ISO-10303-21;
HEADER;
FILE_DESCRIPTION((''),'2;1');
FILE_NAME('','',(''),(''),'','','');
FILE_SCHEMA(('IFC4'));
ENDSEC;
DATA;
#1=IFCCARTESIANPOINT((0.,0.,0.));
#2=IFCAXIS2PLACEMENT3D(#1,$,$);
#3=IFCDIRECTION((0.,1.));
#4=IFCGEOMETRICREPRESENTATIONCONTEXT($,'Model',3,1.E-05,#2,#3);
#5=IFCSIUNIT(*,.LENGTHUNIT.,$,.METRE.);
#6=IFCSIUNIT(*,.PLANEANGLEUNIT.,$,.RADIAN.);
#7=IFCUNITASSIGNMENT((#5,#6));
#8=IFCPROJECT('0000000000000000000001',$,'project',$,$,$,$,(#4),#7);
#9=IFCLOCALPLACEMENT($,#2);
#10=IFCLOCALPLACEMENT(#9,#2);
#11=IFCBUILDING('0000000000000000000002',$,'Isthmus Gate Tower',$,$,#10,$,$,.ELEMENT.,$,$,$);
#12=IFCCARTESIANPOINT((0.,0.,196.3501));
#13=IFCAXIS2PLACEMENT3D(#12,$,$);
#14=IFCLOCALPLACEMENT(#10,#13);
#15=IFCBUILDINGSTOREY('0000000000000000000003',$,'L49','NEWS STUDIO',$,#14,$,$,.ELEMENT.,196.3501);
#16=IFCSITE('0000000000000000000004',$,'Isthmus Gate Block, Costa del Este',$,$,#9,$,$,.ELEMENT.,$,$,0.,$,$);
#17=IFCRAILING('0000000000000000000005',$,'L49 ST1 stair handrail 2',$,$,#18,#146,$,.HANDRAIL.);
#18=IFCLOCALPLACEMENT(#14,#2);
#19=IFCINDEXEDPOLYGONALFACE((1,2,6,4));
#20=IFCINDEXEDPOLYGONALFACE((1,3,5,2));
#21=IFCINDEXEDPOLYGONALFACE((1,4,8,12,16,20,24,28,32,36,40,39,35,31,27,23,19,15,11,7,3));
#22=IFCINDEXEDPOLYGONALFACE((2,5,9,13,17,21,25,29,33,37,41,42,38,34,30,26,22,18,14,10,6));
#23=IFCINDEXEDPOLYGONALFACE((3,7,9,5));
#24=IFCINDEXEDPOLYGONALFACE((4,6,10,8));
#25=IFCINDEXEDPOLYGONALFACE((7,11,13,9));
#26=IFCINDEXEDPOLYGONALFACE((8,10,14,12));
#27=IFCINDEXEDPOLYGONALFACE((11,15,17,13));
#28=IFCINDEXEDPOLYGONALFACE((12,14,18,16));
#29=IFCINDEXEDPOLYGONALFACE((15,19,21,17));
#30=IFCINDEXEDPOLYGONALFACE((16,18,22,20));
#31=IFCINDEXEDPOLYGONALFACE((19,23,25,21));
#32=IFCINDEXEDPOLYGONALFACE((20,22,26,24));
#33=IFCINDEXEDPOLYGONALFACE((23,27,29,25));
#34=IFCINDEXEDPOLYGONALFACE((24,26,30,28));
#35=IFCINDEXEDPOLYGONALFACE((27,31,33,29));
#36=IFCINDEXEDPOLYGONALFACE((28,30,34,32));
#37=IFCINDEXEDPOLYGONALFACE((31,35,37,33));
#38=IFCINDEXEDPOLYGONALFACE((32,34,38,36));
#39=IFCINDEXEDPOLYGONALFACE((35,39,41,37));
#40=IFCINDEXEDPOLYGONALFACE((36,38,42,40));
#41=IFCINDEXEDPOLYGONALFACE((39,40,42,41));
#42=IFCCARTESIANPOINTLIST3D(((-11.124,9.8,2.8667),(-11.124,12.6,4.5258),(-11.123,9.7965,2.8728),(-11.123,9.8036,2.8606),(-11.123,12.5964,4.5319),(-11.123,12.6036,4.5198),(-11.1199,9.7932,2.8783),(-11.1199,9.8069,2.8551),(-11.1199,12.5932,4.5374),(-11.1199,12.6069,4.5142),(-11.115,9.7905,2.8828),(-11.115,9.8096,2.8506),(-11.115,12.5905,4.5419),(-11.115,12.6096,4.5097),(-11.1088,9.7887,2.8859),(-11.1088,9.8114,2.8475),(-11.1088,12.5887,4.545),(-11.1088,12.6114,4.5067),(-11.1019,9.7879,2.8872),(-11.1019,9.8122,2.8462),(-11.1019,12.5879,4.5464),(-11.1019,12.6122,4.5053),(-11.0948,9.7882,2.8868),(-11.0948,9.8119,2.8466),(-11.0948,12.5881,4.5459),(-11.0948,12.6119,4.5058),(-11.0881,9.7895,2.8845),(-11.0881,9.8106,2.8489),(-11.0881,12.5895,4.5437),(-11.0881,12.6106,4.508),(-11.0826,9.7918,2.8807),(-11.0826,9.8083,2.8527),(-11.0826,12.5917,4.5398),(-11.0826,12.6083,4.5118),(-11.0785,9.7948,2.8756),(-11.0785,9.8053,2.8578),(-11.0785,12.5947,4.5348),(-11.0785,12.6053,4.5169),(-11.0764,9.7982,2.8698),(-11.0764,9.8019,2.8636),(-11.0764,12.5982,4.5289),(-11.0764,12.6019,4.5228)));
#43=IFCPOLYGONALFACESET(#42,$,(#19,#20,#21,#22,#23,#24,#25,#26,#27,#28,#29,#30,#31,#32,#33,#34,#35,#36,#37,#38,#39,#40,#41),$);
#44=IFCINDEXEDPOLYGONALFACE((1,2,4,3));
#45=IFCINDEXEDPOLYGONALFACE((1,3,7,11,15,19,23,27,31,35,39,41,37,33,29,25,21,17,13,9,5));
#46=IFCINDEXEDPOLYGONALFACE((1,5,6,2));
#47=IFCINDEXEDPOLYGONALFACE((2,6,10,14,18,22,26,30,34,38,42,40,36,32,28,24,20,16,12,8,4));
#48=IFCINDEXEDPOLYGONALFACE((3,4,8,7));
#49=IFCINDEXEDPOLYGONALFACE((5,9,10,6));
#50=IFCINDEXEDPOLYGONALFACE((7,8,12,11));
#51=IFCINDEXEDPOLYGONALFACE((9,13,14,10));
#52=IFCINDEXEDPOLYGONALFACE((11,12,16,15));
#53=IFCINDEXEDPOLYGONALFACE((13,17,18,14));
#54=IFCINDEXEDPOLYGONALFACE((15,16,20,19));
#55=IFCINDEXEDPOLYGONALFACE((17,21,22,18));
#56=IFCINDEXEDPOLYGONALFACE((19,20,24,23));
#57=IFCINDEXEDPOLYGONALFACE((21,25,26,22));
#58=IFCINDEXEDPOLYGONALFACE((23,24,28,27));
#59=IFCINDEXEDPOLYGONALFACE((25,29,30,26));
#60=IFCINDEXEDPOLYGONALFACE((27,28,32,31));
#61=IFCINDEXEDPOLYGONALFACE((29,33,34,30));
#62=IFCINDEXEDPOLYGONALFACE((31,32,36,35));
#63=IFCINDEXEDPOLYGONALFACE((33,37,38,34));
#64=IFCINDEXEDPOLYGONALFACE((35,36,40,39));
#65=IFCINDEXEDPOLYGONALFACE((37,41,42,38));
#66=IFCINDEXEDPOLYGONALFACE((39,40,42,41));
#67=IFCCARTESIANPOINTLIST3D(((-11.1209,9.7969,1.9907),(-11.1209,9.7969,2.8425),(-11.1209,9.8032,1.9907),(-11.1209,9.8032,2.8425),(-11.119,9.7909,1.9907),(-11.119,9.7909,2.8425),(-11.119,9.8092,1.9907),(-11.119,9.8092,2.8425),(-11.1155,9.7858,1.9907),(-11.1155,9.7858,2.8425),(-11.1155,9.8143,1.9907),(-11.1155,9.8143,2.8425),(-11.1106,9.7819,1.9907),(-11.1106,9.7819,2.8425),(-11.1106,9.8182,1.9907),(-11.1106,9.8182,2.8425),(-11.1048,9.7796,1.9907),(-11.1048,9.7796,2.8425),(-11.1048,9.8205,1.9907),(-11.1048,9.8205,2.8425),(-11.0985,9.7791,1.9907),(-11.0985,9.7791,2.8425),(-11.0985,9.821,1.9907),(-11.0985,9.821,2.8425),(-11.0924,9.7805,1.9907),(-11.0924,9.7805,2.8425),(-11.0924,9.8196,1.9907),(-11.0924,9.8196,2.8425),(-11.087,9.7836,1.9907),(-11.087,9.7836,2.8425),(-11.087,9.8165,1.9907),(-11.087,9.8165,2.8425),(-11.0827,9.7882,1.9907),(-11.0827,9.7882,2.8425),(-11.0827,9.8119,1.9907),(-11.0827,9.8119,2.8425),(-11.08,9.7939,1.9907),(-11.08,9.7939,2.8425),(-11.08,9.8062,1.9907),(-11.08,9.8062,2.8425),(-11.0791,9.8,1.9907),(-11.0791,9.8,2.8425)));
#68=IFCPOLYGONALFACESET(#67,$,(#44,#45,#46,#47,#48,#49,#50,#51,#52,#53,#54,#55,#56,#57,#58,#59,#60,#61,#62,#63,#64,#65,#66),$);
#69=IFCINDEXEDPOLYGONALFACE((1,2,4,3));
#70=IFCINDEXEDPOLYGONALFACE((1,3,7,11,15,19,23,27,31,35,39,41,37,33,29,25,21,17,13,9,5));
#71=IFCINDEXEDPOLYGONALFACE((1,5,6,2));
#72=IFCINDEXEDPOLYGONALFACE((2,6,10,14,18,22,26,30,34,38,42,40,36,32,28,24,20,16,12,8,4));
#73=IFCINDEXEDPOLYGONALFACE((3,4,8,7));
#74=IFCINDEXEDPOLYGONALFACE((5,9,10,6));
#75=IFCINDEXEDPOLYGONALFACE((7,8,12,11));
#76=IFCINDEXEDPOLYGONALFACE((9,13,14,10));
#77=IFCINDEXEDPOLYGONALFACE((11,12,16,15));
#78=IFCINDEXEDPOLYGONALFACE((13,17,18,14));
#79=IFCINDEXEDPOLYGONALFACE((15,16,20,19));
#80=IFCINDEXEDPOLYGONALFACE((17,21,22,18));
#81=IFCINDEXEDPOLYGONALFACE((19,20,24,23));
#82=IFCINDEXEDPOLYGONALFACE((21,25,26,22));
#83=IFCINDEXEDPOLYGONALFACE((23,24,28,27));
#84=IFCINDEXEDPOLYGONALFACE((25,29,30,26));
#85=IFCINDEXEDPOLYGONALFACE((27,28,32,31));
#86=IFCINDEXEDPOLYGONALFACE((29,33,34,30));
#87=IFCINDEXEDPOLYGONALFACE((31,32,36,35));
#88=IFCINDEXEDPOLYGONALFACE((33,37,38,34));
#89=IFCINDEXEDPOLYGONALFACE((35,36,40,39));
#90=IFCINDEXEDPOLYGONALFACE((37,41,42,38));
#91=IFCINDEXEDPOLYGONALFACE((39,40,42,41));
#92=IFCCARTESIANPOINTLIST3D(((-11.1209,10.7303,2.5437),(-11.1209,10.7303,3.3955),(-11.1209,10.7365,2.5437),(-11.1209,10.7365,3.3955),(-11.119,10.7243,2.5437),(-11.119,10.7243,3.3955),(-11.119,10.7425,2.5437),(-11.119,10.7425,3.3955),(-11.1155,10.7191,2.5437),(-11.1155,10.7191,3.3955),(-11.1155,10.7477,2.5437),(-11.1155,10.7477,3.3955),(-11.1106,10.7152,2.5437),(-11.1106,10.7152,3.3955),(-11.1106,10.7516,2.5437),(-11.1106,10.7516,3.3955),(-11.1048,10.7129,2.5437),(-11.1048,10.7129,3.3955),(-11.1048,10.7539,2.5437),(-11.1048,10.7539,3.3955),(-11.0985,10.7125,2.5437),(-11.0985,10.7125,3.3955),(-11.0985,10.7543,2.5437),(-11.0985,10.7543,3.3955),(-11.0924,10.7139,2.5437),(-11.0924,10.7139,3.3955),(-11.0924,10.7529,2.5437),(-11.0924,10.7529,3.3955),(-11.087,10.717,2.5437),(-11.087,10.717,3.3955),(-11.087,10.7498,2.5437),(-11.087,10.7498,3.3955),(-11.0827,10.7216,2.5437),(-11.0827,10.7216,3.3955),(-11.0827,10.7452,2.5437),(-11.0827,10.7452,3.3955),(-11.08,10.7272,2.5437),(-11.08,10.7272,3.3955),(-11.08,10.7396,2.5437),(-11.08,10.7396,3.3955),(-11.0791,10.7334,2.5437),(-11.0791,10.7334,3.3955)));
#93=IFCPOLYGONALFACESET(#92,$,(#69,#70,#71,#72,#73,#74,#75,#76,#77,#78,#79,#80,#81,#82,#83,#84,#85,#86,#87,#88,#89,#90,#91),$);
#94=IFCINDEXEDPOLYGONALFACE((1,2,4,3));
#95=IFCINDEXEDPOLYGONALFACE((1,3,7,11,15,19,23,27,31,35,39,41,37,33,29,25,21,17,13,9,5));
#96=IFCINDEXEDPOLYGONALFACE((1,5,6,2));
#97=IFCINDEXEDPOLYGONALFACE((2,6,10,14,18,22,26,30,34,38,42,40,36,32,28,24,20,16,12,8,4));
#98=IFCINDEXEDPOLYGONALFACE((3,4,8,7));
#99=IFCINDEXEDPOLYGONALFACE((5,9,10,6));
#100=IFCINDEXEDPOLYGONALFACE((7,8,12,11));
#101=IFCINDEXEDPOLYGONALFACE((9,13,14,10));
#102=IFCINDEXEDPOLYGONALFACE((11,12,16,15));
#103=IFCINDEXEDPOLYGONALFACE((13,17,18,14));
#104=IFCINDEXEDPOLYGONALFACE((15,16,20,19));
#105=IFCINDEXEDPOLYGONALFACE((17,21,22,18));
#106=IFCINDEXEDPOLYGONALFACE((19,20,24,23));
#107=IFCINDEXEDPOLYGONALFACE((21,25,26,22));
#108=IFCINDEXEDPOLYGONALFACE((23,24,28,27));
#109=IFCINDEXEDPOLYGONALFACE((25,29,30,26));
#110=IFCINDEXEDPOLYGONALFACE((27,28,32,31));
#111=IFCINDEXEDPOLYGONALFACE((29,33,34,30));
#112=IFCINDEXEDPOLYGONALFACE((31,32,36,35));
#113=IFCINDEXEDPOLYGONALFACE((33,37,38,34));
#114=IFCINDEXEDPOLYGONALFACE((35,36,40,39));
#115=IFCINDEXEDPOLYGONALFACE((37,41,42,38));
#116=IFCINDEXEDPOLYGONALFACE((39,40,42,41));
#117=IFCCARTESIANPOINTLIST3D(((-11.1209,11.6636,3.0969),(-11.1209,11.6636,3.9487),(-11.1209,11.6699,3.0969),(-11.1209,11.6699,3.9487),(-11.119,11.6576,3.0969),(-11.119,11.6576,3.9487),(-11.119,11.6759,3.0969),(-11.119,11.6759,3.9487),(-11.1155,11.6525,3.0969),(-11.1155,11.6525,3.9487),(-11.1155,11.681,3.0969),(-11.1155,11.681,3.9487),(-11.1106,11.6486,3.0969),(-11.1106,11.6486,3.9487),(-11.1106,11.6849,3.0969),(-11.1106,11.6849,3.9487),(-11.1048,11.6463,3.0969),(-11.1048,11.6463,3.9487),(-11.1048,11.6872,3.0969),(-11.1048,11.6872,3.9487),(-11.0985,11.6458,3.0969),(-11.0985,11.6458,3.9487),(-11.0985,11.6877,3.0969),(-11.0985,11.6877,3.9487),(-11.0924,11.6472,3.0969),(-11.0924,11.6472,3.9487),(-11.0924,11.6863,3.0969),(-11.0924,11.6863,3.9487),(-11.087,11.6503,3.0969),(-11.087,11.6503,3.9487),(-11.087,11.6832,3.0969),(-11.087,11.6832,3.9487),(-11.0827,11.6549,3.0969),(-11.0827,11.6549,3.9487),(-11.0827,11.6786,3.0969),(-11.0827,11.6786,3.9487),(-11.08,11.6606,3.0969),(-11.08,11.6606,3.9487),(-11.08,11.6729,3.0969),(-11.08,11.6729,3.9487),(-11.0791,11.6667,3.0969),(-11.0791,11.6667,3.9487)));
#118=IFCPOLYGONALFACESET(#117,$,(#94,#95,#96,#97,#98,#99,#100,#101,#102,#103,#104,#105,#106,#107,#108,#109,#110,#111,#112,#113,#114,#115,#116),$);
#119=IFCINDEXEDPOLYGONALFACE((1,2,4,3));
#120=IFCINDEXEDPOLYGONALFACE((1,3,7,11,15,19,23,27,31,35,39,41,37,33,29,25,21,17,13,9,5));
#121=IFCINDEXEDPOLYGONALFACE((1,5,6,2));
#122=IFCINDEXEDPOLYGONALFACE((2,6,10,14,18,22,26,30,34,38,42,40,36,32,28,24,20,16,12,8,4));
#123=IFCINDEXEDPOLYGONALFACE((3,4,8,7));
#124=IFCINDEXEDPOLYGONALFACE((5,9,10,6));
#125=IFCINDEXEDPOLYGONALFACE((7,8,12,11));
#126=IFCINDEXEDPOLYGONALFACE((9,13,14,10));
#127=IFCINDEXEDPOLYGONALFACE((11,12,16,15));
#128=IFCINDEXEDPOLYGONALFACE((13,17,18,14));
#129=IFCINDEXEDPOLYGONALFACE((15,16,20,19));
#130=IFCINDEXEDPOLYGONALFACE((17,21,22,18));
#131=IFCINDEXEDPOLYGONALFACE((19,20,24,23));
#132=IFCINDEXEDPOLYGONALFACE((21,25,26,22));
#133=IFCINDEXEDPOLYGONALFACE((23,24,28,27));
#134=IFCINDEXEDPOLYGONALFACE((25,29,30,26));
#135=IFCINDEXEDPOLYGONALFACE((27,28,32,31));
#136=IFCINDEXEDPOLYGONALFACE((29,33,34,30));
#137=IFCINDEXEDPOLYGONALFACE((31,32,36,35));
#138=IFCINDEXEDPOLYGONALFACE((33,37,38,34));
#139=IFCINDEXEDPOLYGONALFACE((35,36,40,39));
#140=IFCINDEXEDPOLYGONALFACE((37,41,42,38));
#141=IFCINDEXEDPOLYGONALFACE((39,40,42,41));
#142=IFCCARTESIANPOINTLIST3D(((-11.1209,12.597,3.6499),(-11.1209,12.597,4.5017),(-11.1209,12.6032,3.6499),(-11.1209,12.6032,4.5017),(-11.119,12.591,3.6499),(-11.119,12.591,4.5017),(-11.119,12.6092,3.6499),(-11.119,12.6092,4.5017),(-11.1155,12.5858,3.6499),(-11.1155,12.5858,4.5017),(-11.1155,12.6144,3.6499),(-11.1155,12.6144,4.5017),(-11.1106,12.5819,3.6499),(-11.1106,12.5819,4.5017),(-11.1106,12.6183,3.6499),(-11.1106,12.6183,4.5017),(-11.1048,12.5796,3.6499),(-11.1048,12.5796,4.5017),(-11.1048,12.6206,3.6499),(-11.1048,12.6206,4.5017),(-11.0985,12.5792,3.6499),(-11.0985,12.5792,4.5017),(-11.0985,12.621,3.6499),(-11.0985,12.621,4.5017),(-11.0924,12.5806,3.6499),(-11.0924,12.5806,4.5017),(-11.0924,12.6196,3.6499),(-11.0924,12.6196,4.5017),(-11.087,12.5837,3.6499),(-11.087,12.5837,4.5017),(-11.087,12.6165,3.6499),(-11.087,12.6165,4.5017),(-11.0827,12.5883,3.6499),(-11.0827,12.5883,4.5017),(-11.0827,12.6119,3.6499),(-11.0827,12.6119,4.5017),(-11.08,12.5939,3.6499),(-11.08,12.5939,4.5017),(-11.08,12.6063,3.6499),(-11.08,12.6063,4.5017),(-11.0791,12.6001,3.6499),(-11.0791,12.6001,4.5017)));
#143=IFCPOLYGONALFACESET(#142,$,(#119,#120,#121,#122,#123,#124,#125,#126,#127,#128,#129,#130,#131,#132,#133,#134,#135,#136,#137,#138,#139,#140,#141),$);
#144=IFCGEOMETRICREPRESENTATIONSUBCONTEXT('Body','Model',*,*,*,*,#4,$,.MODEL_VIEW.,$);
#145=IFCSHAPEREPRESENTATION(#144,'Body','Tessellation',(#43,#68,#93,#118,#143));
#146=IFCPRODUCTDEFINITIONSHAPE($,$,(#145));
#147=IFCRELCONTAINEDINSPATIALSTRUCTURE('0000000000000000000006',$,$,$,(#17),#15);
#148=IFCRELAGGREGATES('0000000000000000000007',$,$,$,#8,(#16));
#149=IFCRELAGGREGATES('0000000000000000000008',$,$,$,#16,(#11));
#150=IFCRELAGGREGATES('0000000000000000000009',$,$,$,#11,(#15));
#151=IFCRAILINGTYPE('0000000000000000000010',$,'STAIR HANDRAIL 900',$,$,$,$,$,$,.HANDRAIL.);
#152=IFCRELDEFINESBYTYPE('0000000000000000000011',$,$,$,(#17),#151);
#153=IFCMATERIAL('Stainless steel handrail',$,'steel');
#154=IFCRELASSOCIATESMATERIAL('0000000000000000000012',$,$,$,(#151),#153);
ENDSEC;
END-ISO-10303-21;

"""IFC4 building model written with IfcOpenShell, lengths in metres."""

from ifc_helpers import new_model, si_unit, direction, frame, origin, origin_2d, place, context, subcontext, project, spatial, circle, extrude, material, type_object, element, save


model = new_model("IFC4")

# Units and contexts
model_context = context("Model", 3, precision=1e-05, world=origin(), true_north=direction((0.0, 1.0)))
body_context = subcontext(model_context, "Body", "Model", "MODEL_VIEW")
ifc_project = project(units=[si_unit("LENGTHUNIT", "METRE"), si_unit("PLANEANGLEUNIT", "RADIAN")], contexts=[model_context])

# Site, building, storey
site_placement = place(None, origin())
site = spatial("IfcSite", under=ifc_project, at=site_placement, Name="Isthmus Gate Block, Costa del Este", CompositionType="ELEMENT", RefElevation=0.0)
building_placement = place(site_placement, origin())
building = spatial("IfcBuilding", under=site, at=building_placement, Name="Isthmus Gate Tower", CompositionType="ELEMENT")
storey_placement = place(building_placement, frame((0.0, 0.0, 196.3501)))
storey = spatial("IfcBuildingStorey", under=building, at=storey_placement, Name="L49", Description="NEWS STUDIO", CompositionType="ELEMENT", Elevation=196.3501)

# Railing
ifc_material_1 = material(Name="Stainless steel handrail", Category="steel")
railing_type_1 = type_object("IfcRailingType", Name="STAIR HANDRAIL 900", PredefinedType="HANDRAIL", material=ifc_material_1)
for number, where, name in (
    (1, (-11.1001, 9.8, 1.9907), "L49 ST1 stair handrail 2"),
):
    element("IfcRailing", number, at=place(storey_placement, frame(where)), inside=storey, type_object=railing_type_1, Name=name, PredefinedType="HANDRAIL", context=body_context, shape_type="SweptSolid", body=[
        extrude(circle(Radius=0.0239, at=origin_2d()), frame((0.0, 0.0, 0.876), z_axis=(0.0, 0.860306, 0.509778), x_axis=(-1.0, 0.0, 0.0)), (0.0, 0.0, 1.0), 3.2546),
        extrude(circle(Radius=0.021, at=origin_2d()), origin(), (0.0, 0.0, 1.0), 0.8518),
        extrude(circle(Radius=0.021, at=origin_2d()), frame((0.0, 0.9333, 0.553)), (0.0, 0.0, 1.0), 0.8518),
        extrude(circle(Radius=0.021, at=origin_2d()), frame((0.0, 1.8667, 1.1062)), (0.0, 0.0, 1.0), 0.8518),
        extrude(circle(Radius=0.021, at=origin_2d()), frame((0.0, 2.8, 1.6592)), (0.0, 0.0, 1.0), 0.8518),
    ])

save(model, "model.ifc")
